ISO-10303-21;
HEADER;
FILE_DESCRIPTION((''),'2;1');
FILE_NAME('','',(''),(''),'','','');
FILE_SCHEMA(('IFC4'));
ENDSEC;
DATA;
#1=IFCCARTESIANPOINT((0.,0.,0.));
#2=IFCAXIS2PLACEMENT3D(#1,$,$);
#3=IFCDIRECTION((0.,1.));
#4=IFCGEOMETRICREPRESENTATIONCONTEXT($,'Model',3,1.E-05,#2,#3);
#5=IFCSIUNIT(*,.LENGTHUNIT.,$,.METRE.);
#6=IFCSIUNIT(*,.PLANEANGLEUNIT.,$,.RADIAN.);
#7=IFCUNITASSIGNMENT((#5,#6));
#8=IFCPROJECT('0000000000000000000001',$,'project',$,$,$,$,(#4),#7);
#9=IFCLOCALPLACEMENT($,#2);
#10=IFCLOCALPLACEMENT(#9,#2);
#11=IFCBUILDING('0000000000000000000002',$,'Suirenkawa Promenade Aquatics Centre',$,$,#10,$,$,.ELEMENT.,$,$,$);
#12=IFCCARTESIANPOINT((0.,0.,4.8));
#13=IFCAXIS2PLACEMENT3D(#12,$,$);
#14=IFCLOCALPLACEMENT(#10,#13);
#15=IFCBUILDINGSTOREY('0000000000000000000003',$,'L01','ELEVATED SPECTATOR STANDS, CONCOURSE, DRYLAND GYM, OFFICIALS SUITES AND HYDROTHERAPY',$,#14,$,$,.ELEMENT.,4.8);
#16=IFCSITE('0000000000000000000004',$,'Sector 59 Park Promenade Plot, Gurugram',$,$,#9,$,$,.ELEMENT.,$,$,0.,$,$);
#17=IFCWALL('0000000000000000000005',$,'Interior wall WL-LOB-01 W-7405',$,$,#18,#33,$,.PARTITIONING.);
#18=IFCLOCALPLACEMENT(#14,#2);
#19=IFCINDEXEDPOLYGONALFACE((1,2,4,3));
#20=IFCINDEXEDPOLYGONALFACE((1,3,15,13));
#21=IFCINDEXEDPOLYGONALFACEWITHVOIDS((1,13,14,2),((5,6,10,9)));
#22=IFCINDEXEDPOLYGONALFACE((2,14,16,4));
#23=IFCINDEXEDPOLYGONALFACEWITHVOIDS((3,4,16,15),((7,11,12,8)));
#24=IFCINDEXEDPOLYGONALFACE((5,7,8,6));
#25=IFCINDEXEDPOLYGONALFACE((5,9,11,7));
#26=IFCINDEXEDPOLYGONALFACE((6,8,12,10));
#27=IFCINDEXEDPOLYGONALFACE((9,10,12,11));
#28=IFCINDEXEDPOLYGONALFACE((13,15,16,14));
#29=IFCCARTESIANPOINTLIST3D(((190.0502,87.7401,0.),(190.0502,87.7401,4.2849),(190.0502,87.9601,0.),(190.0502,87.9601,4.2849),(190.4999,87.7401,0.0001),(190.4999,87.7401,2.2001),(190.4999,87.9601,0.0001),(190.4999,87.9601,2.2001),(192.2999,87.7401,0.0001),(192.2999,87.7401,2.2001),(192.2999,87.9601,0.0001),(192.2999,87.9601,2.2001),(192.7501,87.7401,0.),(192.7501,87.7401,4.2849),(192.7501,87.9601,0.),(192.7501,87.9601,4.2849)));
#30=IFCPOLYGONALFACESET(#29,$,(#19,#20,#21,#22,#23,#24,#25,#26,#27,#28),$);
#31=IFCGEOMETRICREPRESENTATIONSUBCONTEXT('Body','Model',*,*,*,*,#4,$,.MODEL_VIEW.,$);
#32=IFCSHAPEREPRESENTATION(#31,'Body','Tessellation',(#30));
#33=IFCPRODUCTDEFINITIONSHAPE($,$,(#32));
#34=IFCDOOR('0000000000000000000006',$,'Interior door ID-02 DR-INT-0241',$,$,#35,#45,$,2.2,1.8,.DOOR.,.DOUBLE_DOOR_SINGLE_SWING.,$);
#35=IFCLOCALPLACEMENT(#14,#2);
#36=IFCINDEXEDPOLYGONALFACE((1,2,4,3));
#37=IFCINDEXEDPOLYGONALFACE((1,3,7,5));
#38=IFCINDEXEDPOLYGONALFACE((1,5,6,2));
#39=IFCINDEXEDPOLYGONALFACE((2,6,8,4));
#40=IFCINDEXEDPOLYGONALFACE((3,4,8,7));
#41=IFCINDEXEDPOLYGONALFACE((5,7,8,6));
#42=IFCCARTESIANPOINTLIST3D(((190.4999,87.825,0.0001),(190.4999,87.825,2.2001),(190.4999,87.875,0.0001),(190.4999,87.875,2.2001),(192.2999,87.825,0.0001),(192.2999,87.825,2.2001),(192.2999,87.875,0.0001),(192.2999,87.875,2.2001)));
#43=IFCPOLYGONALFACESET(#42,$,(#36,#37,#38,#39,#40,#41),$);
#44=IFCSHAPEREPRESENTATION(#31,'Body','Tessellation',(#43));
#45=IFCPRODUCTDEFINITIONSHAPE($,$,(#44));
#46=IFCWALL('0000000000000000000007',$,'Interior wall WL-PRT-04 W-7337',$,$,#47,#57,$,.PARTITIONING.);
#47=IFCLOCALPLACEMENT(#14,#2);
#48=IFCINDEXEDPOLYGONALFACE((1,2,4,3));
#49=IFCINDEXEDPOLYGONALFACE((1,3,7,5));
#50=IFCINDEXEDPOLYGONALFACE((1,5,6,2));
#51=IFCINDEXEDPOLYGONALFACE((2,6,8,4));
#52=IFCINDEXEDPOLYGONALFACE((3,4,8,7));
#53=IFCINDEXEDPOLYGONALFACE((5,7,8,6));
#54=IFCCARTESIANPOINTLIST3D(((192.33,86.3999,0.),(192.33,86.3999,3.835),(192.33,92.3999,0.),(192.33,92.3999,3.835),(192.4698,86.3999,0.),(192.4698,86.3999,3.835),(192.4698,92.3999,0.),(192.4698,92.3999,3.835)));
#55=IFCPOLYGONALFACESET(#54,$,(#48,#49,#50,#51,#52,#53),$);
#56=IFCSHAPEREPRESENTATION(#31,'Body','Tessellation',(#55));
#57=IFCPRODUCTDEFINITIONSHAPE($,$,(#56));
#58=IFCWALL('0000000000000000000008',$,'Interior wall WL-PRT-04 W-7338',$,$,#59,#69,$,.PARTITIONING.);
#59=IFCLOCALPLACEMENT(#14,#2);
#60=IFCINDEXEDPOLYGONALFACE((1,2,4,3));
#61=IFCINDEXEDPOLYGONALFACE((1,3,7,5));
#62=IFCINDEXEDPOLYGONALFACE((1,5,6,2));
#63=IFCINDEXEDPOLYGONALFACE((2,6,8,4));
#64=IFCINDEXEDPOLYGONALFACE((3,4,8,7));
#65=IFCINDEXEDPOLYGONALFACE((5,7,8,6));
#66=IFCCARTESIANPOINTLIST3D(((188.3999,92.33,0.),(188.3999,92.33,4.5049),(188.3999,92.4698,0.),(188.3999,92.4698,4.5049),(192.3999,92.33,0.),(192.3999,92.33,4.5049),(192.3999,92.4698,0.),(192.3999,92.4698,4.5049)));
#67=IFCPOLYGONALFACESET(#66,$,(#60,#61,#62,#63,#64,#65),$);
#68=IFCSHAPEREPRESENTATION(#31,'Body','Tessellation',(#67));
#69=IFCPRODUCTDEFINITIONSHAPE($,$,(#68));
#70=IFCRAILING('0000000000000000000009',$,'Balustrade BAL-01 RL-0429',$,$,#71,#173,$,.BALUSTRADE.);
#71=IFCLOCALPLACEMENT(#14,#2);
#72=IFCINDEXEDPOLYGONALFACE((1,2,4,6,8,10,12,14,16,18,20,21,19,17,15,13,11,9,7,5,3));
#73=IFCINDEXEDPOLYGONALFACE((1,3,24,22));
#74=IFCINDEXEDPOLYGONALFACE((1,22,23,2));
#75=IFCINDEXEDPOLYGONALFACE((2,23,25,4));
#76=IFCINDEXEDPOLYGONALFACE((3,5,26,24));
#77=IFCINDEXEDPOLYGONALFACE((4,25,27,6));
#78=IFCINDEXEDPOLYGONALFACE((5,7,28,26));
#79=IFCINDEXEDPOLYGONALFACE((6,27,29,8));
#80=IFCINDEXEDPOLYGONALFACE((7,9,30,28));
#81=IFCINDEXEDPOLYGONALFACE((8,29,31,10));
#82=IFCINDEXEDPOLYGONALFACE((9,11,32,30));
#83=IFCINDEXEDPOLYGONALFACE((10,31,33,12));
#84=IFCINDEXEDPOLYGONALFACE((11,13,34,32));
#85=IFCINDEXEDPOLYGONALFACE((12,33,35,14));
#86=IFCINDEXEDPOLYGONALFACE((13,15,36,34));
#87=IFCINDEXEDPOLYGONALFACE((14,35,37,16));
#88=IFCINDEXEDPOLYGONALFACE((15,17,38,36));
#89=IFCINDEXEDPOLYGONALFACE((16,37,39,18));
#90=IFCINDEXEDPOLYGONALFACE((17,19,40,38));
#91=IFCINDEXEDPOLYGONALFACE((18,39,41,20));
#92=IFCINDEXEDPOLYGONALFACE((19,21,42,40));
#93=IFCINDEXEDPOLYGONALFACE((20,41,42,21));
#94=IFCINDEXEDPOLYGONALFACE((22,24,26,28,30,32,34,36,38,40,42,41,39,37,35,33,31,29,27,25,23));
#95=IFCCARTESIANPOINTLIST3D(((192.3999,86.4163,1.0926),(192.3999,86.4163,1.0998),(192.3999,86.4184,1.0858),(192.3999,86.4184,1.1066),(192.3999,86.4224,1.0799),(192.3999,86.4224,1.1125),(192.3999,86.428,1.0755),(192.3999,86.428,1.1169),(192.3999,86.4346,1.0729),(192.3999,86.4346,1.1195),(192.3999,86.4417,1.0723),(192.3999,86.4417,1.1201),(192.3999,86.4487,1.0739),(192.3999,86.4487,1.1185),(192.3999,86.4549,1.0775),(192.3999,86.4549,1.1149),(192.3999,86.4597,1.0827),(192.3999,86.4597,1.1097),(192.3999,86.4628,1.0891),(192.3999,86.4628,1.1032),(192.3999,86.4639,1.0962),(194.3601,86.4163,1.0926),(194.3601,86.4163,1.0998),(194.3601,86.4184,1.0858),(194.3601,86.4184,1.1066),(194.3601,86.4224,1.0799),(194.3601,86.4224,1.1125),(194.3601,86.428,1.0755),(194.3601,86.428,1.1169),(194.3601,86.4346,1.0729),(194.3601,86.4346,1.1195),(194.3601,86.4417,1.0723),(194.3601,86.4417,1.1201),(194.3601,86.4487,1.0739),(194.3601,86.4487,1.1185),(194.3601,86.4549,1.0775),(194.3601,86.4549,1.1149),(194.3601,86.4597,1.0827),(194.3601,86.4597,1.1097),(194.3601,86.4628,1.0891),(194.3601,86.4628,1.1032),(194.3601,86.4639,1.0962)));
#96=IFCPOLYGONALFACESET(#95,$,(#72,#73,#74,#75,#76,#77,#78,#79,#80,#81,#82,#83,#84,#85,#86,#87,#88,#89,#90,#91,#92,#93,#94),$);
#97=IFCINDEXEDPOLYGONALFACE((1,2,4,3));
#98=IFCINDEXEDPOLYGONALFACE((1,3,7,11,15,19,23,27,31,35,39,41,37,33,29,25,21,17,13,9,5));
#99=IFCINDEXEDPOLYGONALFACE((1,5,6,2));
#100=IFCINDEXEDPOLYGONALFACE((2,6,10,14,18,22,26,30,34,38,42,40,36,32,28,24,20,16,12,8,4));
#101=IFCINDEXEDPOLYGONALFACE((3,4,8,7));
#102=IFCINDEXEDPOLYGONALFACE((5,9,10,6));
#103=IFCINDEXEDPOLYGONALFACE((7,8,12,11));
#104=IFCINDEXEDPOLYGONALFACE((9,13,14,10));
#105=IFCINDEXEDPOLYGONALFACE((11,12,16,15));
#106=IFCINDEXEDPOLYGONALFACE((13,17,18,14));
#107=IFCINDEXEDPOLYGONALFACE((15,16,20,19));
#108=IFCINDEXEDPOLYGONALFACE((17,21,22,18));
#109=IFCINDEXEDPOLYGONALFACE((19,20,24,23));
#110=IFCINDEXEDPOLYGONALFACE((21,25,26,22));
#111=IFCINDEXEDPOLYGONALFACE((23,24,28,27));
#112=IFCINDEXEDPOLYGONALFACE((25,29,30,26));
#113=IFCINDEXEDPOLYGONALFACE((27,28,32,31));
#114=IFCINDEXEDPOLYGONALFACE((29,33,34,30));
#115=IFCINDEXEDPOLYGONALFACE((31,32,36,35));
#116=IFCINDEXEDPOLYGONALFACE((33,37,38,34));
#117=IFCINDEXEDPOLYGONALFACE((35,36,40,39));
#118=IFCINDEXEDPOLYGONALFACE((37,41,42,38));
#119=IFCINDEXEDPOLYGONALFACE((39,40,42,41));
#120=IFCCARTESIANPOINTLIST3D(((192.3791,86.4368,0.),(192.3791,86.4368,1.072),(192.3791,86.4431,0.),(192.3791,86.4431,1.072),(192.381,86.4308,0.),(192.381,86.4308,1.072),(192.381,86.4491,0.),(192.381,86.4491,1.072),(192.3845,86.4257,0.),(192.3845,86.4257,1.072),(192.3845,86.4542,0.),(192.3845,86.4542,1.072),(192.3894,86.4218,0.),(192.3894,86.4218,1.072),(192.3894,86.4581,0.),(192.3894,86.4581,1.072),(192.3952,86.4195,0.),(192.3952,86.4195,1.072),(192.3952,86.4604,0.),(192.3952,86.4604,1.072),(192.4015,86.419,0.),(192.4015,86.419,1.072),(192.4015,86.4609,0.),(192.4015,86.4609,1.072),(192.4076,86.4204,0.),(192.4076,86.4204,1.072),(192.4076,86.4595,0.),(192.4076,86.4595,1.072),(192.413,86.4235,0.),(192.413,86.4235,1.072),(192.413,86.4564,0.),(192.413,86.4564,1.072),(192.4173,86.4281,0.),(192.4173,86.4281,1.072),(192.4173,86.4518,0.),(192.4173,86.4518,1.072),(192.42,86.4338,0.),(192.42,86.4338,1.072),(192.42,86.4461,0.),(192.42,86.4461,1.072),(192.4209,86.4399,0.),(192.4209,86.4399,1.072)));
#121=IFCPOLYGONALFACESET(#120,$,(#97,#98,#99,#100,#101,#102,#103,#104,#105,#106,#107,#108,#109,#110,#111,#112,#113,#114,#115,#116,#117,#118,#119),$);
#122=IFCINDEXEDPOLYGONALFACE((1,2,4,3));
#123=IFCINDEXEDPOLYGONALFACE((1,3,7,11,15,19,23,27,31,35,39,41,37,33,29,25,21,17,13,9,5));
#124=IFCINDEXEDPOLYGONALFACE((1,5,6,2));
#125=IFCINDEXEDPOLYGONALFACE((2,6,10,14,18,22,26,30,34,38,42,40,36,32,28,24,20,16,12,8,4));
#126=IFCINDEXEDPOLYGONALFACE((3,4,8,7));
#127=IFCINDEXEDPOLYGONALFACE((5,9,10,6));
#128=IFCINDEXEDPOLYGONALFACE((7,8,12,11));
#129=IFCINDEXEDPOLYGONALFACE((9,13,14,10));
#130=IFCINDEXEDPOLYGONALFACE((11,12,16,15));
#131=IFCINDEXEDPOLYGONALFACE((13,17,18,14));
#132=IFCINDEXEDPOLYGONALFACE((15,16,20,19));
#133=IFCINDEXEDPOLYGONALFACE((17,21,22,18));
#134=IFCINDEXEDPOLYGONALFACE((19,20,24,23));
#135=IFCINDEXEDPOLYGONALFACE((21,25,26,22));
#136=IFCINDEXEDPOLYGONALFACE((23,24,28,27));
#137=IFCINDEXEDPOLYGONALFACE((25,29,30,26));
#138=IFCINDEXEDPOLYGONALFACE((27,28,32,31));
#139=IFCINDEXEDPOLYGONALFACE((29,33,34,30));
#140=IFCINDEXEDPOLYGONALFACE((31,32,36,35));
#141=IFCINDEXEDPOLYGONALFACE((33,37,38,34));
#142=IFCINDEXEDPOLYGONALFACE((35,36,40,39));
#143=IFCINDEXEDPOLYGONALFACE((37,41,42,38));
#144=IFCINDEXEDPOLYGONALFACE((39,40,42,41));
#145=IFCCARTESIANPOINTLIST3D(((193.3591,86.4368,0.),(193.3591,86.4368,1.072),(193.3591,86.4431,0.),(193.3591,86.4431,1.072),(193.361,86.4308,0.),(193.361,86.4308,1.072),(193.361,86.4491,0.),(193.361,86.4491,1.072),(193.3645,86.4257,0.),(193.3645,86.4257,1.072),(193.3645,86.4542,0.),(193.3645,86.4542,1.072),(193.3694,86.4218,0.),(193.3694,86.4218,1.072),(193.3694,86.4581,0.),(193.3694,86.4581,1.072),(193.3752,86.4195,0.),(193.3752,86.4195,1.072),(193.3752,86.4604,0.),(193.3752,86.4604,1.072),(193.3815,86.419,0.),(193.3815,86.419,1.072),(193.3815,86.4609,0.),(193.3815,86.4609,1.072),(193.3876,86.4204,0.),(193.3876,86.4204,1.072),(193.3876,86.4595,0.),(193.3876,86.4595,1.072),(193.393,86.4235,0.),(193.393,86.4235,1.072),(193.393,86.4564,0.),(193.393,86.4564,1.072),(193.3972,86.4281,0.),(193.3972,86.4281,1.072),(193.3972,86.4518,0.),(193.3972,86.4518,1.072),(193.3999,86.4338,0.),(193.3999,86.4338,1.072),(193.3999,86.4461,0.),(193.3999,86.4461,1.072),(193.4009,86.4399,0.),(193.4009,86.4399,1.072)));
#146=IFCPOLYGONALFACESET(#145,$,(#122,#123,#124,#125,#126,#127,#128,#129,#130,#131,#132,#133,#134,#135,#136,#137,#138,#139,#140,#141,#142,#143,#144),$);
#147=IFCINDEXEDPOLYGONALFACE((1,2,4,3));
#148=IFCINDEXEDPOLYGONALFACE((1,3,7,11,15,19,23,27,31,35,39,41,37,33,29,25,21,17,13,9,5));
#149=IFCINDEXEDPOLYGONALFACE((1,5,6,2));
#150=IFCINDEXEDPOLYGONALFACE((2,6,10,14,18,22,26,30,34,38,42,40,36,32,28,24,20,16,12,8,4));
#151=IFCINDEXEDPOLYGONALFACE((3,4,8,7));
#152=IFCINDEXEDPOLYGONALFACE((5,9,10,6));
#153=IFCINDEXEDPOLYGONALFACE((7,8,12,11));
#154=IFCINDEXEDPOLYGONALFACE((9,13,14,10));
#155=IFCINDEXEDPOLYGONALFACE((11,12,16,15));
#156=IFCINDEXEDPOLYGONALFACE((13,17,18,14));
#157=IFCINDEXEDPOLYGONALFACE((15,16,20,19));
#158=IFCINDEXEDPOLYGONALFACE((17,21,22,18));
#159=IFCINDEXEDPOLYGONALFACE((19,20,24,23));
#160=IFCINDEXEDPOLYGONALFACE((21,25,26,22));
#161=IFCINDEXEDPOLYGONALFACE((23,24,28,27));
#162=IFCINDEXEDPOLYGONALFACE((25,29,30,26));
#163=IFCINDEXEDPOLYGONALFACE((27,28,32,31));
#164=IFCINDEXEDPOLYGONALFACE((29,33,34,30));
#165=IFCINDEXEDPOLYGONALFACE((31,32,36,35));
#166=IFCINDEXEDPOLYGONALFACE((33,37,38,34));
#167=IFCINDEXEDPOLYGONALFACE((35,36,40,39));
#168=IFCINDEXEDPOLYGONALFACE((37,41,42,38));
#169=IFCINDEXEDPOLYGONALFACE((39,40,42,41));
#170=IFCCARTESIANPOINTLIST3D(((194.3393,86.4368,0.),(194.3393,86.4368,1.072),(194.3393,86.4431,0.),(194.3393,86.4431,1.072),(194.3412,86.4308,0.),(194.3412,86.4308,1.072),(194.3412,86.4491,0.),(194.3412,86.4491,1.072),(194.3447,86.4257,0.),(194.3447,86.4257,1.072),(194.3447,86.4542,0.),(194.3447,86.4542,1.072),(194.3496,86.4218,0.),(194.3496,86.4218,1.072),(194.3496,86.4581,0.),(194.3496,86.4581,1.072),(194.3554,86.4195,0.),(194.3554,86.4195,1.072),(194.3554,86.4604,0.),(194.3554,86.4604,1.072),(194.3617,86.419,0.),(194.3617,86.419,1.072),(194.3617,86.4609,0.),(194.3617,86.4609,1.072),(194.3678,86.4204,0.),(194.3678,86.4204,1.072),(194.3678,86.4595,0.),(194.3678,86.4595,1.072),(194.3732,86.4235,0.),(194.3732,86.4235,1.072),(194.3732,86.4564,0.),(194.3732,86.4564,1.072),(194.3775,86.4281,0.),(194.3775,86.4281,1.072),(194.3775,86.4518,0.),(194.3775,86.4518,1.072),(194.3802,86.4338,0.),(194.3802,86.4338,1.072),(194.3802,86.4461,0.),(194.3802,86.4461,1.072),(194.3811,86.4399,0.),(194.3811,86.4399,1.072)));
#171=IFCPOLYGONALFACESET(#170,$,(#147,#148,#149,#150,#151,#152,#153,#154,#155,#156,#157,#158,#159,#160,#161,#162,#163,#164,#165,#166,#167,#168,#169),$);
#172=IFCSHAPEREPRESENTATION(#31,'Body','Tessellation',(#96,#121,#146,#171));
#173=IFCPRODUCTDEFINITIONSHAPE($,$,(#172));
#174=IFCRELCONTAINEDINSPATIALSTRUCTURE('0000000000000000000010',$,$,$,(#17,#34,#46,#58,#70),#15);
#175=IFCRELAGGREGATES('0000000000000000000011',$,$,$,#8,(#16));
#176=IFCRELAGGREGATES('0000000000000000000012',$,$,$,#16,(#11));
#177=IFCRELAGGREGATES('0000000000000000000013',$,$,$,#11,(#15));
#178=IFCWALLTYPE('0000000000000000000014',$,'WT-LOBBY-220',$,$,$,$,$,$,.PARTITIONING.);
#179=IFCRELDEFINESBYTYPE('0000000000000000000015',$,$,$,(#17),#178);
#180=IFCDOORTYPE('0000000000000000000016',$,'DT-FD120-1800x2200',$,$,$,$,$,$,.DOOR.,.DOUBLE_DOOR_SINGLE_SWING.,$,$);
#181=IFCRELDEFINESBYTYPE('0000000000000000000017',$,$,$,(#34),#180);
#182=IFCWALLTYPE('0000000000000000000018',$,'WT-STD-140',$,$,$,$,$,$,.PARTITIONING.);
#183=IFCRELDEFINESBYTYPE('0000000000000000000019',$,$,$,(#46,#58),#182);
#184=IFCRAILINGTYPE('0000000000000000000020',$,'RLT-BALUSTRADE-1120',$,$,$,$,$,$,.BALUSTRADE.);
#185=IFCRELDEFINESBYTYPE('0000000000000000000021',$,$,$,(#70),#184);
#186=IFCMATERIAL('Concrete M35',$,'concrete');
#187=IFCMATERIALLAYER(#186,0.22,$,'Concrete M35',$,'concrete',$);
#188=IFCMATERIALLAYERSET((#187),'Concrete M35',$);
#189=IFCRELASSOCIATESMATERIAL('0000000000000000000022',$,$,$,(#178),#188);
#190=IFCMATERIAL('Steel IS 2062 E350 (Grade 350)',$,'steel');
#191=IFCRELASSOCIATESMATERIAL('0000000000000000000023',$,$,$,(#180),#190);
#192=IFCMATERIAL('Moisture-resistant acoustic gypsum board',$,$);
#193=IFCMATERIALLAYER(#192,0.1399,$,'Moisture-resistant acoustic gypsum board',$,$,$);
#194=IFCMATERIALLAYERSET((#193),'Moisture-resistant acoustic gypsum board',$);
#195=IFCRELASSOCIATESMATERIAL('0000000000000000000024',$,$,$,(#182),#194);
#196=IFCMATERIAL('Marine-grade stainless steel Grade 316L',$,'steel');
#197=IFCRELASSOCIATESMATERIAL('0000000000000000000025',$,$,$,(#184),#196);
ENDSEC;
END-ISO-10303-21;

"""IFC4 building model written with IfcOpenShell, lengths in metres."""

from ifc_helpers import new_model, si_unit, direction, frame, frame_2d, origin, origin_2d, place, context, subcontext, project, spatial, rectangle, circle, extrude, material, layer, layer_set, type_object, element, fill, save


model = new_model("IFC4")

# Units and contexts
model_context = context("Model", 3, precision=1e-05, world=origin(), true_north=direction((0.0, 1.0)))
body_context = subcontext(model_context, "Body", "Model", "MODEL_VIEW")
ifc_project = project(units=[si_unit("LENGTHUNIT", "METRE"), si_unit("PLANEANGLEUNIT", "RADIAN")], contexts=[model_context])

# Site, building, storey
site_placement = place(None, origin())
site = spatial("IfcSite", under=ifc_project, at=site_placement, Name="Sector 59 Park Promenade Plot, Gurugram", CompositionType="ELEMENT", RefElevation=0.0)
building_placement = place(site_placement, origin())
building = spatial("IfcBuilding", under=site, at=building_placement, Name="Suirenkawa Promenade Aquatics Centre", CompositionType="ELEMENT")
storey_placement = place(building_placement, frame((0.0, 0.0, 4.8)))
storey = spatial("IfcBuildingStorey", under=building, at=storey_placement, Name="L01", Description="ELEVATED SPECTATOR STANDS, CONCOURSE, DRYLAND GYM, OFFICIALS SUITES AND HYDROTHERAPY", CompositionType="ELEMENT", Elevation=4.8)

# Shared definitions
ifc_material_1 = material(Name="Steel IS 2062 E350 (Grade 350)", Category="steel")

# Wall, opening, door
ifc_material_2 = material(Name="Moisture-resistant acoustic gypsum board")
ifc_material_3 = material(Name="Concrete M35", Category="concrete")
ifc_layer_1 = layer(ifc_material_3, 0.22, Name="Concrete M35", Category="concrete")
ifc_layer_set_1 = layer_set([ifc_layer_1], Name="Concrete M35")
wall_type_1 = type_object("IfcWallType", Name="WT-LOBBY-220", PredefinedType="PARTITIONING", material=ifc_layer_set_1)
wall_1_placement = place(storey_placement, frame((190.05, 87.8501, 0.0), z_axis=(0.0, 0.0, 1.0), x_axis=(1.0, 0.0, 0.0)))
wall_1 = element("IfcWall", 1, at=wall_1_placement, inside=storey, type_object=wall_type_1, Name="Interior wall WL-LOB-01 W-7405", PredefinedType="PARTITIONING", context=body_context, shape_type="SweptSolid", body=[
    extrude(rectangle(XDim=2.7, YDim=0.22, at=frame_2d((1.3501, 0.0))), origin(), (0.0, 0.0, 1.0), 4.2849),
])
opening_1_placement = place(wall_1_placement, frame((0.45, 0.0, 0.0)))
opening_1 = element("IfcOpeningElement", 2, at=opening_1_placement, cuts=wall_1, PredefinedType="OPENING", context=body_context, shape_type="SweptSolid", body=[
    extrude(rectangle(XDim=1.8, YDim=2.2, at=frame_2d((0.8999, 1.1001))), frame((0.0, 0.1199, 0.0), z_axis=(0.0, -1.0, 0.0), x_axis=(1.0, 0.0, 0.0)), (0.0, 0.0, 1.0), 0.24),
])
door_type_1 = type_object("IfcDoorType", Name="DT-FD120-1800x2200", OperationType="DOUBLE_DOOR_SINGLE_SWING", PredefinedType="DOOR", material=ifc_material_1)
door_1_placement = place(opening_1_placement, origin())
door_1 = element("IfcDoor", 3, at=door_1_placement, inside=storey, type_object=door_type_1, Name="Interior door ID-02 DR-INT-0241", OperationType="DOUBLE_DOOR_SINGLE_SWING", OverallHeight=2.2, OverallWidth=1.8, PredefinedType="DOOR", context=body_context, shape_type="SweptSolid", body=[
    extrude(rectangle(XDim=1.8, YDim=2.2, at=frame_2d((0.8999, 1.1001))), frame((0.0, 0.0249, 0.0), z_axis=(0.0, -1.0, 0.0), x_axis=(1.0, 0.0, 0.0)), (0.0, 0.0, 1.0), 0.05),
])
fill(opening_1, door_1)

# Walls
ifc_layer_2 = layer(ifc_material_2, 0.1399, Name="Moisture-resistant acoustic gypsum board")
ifc_layer_set_2 = layer_set([ifc_layer_2], Name="Moisture-resistant acoustic gypsum board")
wall_type_2 = type_object("IfcWallType", Name="WT-STD-140", PredefinedType="PARTITIONING", material=ifc_layer_set_2)
wall_2_placement = place(storey_placement, frame((192.3999, 86.3999, 0.0), z_axis=(0.0, 0.0, 1.0), x_axis=(0.0, 1.0, 0.0)))
element("IfcWall", 4, at=wall_2_placement, inside=storey, type_object=wall_type_2, Name="Interior wall WL-PRT-04 W-7337", PredefinedType="PARTITIONING", context=body_context, shape_type="SweptSolid", body=[
    extrude(rectangle(XDim=6.0, YDim=0.1399, at=frame_2d((3.0, 0.0))), origin(), (0.0, 0.0, 1.0), 3.835),
])
wall_3_placement = place(storey_placement, frame((188.3999, 92.3999, 0.0), z_axis=(0.0, 0.0, 1.0), x_axis=(1.0, 0.0, 0.0)))
element("IfcWall", 5, at=wall_3_placement, inside=storey, type_object=wall_type_2, Name="Interior wall WL-PRT-04 W-7338", PredefinedType="PARTITIONING", context=body_context, shape_type="SweptSolid", body=[
    extrude(rectangle(XDim=4.0, YDim=0.1399, at=frame_2d((2.0, 0.0))), origin(), (0.0, 0.0, 1.0), 4.5049),
])

# Railing
ifc_material_4 = material(Name="Marine-grade stainless steel Grade 316L", Category="steel")
railing_type = type_object("IfcRailingType", Name="RLT-BALUSTRADE-1120", PredefinedType="BALUSTRADE", material=ifc_material_4)
railing_placement = place(storey_placement, frame((192.3999, 86.4399, 0.0)))
element("IfcRailing", 6, at=railing_placement, inside=storey, type_object=railing_type, Name="Balustrade BAL-01 RL-0429", PredefinedType="BALUSTRADE", context=body_context, shape_type="SweptSolid", body=[
    extrude(circle(Radius=0.0239, at=origin_2d()), frame((0.0, 0.0, 1.0962), z_axis=(1.0, 0.0, 0.0), x_axis=(0.0, 1.0, 0.0)), (0.0, 0.0, 1.0), 1.9602),
    extrude(circle(Radius=0.021, at=origin_2d()), origin(), (0.0, 0.0, 1.0), 1.072),
    extrude(circle(Radius=0.021, at=origin_2d()), frame((0.98, 0.0, 0.0)), (0.0, 0.0, 1.0), 1.072),
    extrude(circle(Radius=0.021, at=origin_2d()), frame((1.9602, 0.0, 0.0)), (0.0, 0.0, 1.0), 1.072),
])

save(model, "model.ifc")
